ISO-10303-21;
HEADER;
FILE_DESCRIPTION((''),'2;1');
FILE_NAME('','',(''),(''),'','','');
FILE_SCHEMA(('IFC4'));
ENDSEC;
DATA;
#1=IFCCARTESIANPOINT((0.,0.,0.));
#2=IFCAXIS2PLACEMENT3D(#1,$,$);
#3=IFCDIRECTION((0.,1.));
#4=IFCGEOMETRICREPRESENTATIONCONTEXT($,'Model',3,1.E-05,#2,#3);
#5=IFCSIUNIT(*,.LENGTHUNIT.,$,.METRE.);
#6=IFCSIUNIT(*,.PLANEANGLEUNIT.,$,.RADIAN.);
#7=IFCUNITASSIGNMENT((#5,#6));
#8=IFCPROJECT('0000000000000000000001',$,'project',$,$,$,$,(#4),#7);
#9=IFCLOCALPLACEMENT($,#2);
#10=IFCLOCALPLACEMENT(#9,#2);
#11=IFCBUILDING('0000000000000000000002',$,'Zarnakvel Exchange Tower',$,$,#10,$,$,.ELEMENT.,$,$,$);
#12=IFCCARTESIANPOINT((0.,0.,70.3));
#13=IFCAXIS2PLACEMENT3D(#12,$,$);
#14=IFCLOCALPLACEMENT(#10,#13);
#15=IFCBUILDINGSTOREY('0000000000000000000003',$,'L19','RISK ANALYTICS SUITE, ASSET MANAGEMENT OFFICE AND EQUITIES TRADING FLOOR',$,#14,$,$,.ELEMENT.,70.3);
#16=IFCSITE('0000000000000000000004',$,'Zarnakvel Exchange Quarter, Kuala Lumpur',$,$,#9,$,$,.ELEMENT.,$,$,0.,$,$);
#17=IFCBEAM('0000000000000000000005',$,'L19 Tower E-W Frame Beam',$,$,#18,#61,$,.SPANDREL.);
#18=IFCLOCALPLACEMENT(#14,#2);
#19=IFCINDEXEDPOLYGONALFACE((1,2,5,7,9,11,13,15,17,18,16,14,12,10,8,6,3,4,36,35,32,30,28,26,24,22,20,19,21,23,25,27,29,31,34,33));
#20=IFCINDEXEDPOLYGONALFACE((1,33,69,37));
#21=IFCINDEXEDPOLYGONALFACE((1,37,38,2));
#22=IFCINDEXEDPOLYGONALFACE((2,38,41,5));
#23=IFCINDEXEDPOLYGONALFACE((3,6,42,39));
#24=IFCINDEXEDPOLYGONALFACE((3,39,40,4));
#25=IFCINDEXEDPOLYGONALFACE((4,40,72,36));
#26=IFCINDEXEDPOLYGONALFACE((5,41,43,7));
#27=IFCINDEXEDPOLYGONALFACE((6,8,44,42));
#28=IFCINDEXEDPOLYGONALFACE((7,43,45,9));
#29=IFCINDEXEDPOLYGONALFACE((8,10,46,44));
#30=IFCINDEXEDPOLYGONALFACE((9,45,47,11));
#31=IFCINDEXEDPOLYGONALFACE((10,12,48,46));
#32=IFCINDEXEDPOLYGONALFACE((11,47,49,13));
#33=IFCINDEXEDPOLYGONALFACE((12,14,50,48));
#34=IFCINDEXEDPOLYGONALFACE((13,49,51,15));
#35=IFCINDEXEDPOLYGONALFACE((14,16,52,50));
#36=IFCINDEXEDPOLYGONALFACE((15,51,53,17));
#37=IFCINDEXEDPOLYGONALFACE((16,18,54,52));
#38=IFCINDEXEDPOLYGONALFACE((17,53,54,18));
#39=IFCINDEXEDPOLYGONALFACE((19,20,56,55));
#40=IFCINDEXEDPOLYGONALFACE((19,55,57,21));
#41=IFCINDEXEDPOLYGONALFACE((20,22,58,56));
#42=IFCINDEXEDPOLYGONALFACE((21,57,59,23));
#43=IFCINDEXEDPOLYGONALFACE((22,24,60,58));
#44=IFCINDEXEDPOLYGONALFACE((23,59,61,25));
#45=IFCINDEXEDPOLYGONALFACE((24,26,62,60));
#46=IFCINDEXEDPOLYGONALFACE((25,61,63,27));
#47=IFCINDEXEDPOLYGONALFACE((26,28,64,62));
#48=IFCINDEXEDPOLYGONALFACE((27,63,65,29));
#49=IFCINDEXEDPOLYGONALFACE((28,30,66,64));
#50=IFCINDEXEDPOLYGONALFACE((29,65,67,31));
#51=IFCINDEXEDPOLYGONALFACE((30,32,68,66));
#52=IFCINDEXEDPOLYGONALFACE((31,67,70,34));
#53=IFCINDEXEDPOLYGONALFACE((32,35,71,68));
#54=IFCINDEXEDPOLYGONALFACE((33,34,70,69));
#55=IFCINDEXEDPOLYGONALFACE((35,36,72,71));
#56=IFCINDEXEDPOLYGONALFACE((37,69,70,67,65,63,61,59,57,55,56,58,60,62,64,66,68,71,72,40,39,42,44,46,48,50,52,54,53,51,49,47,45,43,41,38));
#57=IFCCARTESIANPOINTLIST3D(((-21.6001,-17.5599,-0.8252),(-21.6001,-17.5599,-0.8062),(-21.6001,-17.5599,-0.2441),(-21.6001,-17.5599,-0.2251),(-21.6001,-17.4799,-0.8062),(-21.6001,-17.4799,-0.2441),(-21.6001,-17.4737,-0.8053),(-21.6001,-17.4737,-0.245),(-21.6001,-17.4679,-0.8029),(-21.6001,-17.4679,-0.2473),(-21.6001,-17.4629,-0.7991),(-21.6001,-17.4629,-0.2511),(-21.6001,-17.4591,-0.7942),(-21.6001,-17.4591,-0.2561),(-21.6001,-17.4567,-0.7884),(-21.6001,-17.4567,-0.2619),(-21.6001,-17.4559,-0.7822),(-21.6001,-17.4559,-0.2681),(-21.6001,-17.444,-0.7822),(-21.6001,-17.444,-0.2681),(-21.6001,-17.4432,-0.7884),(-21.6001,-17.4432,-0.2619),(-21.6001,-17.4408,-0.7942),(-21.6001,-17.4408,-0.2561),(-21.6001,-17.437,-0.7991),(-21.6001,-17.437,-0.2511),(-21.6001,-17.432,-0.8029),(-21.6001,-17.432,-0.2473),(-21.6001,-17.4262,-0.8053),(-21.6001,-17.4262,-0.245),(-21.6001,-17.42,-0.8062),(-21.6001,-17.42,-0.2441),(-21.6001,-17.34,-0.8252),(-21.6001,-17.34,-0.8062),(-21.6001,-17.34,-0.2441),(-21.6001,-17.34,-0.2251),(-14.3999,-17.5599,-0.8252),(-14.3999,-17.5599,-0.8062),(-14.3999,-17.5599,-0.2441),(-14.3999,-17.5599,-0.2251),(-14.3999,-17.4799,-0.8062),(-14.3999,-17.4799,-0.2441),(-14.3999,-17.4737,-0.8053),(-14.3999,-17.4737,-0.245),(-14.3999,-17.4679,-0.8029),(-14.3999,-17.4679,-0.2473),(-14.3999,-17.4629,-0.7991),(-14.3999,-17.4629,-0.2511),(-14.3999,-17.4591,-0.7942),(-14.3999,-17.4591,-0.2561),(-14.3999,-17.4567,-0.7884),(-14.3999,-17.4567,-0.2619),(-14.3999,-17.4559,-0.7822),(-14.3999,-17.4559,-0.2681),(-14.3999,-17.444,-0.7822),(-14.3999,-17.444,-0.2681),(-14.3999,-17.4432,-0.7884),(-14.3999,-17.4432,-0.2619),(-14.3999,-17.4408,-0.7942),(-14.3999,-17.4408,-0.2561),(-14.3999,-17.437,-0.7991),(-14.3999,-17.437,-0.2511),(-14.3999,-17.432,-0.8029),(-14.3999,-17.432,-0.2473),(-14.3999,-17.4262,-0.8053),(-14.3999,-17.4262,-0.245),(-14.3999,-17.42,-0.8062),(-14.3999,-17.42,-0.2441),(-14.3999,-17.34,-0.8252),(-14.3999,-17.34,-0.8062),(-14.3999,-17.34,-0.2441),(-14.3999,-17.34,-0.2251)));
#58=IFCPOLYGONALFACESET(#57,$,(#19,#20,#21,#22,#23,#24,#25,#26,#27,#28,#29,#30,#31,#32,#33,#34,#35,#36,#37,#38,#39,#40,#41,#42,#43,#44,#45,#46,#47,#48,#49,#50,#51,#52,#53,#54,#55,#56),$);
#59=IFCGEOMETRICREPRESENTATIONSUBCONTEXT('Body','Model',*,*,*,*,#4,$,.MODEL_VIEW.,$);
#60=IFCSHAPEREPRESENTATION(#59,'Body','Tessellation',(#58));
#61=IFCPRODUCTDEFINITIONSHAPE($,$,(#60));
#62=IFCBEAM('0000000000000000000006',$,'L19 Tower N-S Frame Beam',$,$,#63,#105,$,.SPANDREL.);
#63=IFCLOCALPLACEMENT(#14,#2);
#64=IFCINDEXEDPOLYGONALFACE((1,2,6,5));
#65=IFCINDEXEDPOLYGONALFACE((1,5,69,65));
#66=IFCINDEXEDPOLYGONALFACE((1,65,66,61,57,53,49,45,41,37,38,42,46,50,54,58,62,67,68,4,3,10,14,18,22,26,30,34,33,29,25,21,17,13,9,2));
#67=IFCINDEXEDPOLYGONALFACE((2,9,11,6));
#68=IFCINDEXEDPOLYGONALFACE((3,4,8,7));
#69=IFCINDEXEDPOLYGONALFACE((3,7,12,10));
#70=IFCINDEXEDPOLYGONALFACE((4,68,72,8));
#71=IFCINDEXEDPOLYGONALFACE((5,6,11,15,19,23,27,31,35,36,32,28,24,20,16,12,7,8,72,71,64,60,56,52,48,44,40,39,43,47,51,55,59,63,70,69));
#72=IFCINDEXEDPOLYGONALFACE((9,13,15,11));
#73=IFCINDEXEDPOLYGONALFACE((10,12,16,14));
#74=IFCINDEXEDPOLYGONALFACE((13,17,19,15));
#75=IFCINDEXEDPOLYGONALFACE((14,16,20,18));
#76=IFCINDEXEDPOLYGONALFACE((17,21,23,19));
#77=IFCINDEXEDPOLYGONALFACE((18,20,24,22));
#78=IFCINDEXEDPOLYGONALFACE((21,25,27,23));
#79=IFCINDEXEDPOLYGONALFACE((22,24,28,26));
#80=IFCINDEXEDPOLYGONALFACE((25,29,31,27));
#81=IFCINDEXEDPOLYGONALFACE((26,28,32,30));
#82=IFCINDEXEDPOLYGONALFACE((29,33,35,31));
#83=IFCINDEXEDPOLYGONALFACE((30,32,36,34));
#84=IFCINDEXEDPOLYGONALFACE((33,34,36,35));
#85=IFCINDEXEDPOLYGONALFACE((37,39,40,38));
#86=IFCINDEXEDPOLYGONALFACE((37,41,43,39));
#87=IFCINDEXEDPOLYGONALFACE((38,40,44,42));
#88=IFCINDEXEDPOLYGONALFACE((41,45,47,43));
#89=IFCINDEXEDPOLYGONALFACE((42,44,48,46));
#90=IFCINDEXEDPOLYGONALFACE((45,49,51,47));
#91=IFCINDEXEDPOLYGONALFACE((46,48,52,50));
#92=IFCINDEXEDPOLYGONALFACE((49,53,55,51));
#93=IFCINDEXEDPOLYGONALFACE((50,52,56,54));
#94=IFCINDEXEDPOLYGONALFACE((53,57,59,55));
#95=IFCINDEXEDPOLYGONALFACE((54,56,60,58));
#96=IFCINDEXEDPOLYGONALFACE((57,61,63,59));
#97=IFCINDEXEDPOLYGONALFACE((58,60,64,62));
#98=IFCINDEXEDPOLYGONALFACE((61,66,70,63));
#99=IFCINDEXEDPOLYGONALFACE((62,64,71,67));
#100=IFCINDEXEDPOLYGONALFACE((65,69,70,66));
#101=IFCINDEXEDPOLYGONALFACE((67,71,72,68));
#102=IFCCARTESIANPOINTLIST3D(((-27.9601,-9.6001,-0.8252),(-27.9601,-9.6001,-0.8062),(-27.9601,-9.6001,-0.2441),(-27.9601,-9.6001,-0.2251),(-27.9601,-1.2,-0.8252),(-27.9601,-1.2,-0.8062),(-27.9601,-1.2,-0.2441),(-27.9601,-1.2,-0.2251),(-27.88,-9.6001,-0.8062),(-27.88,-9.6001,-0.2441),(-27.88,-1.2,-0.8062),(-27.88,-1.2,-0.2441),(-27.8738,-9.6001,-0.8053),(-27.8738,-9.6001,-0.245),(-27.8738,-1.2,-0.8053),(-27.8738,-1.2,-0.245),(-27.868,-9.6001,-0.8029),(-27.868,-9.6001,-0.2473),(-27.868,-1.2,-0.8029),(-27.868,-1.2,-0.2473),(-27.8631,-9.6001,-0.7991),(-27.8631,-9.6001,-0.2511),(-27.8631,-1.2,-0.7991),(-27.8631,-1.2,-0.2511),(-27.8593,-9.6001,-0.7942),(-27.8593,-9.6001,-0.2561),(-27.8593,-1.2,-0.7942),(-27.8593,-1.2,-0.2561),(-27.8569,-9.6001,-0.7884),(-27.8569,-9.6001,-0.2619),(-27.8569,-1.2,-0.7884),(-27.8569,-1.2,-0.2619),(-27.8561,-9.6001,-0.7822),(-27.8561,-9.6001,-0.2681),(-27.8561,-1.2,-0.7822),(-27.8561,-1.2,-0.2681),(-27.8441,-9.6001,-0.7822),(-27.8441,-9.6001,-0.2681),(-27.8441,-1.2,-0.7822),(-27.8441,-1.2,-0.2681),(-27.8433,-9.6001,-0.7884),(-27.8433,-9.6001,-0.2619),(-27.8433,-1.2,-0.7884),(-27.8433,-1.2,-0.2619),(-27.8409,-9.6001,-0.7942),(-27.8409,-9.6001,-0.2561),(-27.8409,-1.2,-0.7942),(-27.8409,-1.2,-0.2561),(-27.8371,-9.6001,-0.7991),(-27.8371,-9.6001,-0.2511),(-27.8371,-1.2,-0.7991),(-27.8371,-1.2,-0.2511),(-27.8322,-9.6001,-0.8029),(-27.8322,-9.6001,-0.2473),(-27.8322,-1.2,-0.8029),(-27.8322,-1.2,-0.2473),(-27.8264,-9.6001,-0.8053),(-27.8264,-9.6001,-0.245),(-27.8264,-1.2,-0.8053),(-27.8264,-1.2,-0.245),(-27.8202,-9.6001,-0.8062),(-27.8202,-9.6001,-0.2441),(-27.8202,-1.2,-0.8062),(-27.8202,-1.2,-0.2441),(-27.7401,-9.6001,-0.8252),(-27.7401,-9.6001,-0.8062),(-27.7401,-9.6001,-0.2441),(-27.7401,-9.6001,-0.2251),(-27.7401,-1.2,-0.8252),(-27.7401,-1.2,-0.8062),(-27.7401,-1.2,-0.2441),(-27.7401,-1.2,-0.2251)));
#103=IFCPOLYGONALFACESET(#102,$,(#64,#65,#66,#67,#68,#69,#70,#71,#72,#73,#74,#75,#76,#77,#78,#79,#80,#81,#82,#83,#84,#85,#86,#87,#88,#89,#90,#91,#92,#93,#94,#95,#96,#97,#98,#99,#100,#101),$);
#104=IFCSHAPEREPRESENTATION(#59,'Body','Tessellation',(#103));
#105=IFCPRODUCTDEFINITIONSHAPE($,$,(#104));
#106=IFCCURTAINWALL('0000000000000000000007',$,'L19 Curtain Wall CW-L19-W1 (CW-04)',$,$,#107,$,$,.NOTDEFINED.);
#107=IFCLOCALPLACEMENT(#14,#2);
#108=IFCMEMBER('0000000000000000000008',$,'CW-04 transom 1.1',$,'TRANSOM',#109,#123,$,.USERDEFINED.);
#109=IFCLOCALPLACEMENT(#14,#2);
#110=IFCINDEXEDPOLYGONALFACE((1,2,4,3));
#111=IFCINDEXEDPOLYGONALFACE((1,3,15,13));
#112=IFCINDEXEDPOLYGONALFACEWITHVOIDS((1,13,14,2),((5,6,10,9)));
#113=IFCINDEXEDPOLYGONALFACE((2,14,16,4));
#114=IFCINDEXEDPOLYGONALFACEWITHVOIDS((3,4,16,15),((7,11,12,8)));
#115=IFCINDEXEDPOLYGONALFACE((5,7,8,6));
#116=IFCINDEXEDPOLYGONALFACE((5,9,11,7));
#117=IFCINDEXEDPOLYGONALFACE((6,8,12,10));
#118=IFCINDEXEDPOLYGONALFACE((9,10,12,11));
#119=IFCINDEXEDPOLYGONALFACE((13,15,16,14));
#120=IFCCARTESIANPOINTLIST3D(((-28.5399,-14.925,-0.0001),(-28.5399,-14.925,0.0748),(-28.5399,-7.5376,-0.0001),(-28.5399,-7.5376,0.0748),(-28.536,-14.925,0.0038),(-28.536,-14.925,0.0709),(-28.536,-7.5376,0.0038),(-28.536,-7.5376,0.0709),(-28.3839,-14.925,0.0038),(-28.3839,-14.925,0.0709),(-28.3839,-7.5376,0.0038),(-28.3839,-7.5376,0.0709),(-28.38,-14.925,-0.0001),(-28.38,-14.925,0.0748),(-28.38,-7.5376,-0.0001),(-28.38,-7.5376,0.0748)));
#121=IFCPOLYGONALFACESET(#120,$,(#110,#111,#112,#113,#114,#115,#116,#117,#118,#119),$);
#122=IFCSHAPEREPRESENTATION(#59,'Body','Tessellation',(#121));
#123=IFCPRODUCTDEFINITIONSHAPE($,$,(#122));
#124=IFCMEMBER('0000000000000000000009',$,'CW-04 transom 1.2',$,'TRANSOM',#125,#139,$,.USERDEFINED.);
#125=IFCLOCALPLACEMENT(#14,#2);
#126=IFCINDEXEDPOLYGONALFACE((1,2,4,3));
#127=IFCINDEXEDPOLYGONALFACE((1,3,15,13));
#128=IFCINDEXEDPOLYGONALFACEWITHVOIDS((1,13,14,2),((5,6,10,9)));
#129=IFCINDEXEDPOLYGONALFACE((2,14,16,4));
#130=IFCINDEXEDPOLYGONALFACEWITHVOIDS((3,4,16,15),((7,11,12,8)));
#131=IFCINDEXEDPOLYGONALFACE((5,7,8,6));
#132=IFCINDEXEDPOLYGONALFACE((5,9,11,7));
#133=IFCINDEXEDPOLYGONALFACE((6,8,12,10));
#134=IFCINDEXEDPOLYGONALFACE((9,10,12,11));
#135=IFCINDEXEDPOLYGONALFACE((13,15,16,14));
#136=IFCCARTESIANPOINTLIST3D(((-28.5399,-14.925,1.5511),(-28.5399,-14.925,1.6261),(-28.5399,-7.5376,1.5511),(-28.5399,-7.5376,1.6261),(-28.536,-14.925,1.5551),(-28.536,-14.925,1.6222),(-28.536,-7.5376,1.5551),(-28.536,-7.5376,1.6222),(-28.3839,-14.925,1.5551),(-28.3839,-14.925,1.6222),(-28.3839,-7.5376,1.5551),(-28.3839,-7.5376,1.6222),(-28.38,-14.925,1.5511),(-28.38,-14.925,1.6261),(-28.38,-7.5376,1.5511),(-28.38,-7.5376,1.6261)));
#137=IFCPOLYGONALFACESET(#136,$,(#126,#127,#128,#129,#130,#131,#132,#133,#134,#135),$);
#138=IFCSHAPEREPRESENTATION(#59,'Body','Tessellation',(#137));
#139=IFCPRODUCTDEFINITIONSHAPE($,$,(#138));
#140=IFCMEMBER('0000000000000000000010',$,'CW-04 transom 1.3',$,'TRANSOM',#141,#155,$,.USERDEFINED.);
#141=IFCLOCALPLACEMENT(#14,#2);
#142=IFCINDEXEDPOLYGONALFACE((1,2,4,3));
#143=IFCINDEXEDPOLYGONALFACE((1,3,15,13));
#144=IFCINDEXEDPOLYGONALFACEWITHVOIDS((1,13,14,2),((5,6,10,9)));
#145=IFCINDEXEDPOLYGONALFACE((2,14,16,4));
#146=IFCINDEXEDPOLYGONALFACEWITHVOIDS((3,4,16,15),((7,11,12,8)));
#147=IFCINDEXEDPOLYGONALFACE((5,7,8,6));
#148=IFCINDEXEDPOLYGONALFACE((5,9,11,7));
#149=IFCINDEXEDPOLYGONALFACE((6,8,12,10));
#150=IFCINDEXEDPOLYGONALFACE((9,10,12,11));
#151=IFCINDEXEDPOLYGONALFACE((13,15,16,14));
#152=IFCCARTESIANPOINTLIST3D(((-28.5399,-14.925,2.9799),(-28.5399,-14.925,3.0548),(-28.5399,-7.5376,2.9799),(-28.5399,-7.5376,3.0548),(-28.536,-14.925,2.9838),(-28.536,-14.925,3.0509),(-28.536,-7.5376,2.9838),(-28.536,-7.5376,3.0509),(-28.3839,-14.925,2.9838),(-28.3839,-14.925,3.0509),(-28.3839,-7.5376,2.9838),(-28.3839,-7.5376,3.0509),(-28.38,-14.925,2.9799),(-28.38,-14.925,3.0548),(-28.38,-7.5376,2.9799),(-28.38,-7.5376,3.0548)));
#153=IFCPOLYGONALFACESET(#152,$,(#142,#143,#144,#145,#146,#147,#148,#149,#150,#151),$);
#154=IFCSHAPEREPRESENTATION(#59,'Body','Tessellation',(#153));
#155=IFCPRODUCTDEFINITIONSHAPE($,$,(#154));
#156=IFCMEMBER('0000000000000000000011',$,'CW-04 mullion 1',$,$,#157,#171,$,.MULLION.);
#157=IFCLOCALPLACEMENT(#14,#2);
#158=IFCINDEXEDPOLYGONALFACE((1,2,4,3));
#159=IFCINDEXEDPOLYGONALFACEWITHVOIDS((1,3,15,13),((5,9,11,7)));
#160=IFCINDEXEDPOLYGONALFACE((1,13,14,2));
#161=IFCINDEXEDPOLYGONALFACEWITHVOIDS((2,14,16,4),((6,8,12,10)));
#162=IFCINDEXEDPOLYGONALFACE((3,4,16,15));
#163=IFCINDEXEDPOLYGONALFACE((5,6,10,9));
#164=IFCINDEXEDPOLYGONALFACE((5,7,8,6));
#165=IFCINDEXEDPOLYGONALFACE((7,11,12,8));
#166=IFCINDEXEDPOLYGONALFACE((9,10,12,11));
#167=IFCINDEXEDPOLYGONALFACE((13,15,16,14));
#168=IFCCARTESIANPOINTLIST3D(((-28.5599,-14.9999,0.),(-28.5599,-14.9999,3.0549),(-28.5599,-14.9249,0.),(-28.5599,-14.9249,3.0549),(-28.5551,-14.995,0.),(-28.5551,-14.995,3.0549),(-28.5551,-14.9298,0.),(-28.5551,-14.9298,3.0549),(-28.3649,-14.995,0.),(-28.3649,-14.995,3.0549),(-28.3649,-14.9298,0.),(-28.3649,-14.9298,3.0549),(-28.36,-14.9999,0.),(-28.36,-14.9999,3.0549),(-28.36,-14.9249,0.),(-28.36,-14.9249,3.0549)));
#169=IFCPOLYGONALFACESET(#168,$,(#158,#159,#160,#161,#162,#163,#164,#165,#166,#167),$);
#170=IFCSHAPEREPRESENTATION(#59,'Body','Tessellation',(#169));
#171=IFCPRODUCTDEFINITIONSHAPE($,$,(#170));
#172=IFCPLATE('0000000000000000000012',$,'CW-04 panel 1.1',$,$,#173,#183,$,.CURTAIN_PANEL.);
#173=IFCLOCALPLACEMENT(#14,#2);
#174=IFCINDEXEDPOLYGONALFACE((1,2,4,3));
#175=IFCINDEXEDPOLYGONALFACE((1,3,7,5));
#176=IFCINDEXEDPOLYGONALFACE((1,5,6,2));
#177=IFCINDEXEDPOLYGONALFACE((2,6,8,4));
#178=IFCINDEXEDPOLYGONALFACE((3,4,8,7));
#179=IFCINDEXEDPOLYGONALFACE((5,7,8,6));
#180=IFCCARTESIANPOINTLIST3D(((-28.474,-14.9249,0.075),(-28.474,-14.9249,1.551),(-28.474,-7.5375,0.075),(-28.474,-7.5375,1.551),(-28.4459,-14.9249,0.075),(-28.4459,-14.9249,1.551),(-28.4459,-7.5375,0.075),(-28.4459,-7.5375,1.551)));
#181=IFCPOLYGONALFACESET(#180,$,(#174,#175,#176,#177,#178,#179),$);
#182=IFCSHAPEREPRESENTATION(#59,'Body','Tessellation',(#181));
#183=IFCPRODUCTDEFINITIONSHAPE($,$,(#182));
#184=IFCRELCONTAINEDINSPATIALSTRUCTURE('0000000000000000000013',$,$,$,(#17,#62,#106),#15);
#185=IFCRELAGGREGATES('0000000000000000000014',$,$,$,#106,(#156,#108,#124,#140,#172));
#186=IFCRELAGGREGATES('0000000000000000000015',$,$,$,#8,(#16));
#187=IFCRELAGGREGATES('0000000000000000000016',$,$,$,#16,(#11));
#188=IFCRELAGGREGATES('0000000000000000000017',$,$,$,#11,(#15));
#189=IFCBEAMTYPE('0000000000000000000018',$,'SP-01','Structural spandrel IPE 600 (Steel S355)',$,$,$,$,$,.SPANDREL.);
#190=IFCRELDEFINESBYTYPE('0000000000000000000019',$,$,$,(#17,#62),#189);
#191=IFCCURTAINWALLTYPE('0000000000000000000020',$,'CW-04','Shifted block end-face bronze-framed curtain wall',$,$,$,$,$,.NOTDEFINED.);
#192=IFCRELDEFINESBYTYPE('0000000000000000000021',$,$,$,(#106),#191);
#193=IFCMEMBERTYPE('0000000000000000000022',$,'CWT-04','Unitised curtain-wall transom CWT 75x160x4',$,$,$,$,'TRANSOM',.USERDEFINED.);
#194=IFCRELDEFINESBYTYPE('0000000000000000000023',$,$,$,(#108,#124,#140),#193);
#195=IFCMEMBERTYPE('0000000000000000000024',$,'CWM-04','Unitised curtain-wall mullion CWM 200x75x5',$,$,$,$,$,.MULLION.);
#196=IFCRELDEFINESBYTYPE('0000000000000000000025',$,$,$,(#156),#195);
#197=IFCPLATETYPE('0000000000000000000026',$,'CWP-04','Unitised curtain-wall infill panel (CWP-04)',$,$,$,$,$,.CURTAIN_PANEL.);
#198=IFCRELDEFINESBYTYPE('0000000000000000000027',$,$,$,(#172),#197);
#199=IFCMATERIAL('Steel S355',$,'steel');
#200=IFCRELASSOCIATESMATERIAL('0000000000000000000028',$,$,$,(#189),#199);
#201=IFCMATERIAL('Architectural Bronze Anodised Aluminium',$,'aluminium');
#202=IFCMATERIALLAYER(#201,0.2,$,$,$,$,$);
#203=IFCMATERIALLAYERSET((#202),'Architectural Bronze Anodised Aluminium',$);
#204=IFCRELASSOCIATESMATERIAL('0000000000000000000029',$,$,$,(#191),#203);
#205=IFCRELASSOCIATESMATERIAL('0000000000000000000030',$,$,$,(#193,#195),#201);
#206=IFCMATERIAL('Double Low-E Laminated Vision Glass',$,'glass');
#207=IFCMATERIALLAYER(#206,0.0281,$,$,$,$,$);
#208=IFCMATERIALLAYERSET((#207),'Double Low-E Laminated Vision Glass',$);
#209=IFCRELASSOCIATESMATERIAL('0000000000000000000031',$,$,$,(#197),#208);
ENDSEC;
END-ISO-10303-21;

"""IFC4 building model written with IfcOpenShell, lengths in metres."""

from ifc_helpers import new_model, si_unit, direction, frame, origin, origin_2d, place, context, subcontext, project, spatial, rectangle, hollow_rectangle, i_section, extrude, source, transform, mapped, material, layer, layer_set, material_profile, profile_set, type_object, element, aggregate, save


model = new_model("IFC4")

# Units and contexts
model_context = context("Model", 3, precision=1e-05, world=origin(), true_north=direction((0.0, 1.0)))
body_context = subcontext(model_context, "Body", "Model", "MODEL_VIEW")
ifc_project = project(units=[si_unit("LENGTHUNIT", "METRE"), si_unit("PLANEANGLEUNIT", "RADIAN")], contexts=[model_context])

# Site, building, storey
site_placement = place(None, origin())
site = spatial("IfcSite", under=ifc_project, at=site_placement, Name="Zarnakvel Exchange Quarter, Kuala Lumpur", CompositionType="ELEMENT", RefElevation=0.0)
building_placement = place(site_placement, origin())
building = spatial("IfcBuilding", under=site, at=building_placement, Name="Zarnakvel Exchange Tower", CompositionType="ELEMENT")
storey_placement = place(building_placement, frame((0.0, 0.0, 70.3)))
storey = spatial("IfcBuildingStorey", under=building, at=storey_placement, Name="L19", Description="RISK ANALYTICS SUITE, ASSET MANAGEMENT OFFICE AND EQUITIES TRADING FLOOR", CompositionType="ELEMENT", Elevation=70.3)

# Shared definitions
ifc_material_1 = material(Name="Steel S355", Category="steel")

# Beams
ifc_material_profile_1 = material_profile(ifc_material_1, i_section(OverallWidth=0.22, OverallDepth=0.6001, WebThickness=0.012, FlangeThickness=0.019, FilletRadius=0.0239, at=origin_2d()))
ifc_profile_set_1 = profile_set([ifc_material_profile_1], Name="Steel S355")
beam_type_1 = type_object("IfcBeamType", Name="SP-01", Description="Structural spandrel IPE 600 (Steel S355)", PredefinedType="SPANDREL", material=ifc_profile_set_1)
beam_1_placement = place(storey_placement, frame((-21.6001, -17.45, -0.5251), z_axis=(1.0, 0.0, 0.0), x_axis=(0.0, 1.0, 0.0)))
element("IfcBeam", 1, at=beam_1_placement, inside=storey, type_object=beam_type_1, Name="L19 Tower E-W Frame Beam", PredefinedType="SPANDREL", context=body_context, shape_type="SweptSolid", body=[
    extrude(i_section(OverallWidth=0.22, OverallDepth=0.6001, WebThickness=0.012, FlangeThickness=0.019, FilletRadius=0.0239, at=origin_2d()), origin(), (0.0, 0.0, 1.0), 7.2002),
])
beam_2_placement = place(storey_placement, frame((-27.8501, -9.6001, -0.5251), z_axis=(0.0, 1.0, 0.0), x_axis=(-1.0, 0.0, 0.0)))
element("IfcBeam", 2, at=beam_2_placement, inside=storey, type_object=beam_type_1, Name="L19 Tower N-S Frame Beam", PredefinedType="SPANDREL", context=body_context, shape_type="SweptSolid", body=[
    extrude(i_section(OverallWidth=0.22, OverallDepth=0.6001, WebThickness=0.012, FlangeThickness=0.019, FilletRadius=0.0239, at=origin_2d()), origin(), (0.0, 0.0, 1.0), 8.4001),
])

# Curtain wall, members, plate
ifc_material_2 = material(Name="Architectural Bronze Anodised Aluminium", Category="aluminium")
ifc_layer_1 = layer(ifc_material_2, 0.2)
ifc_layer_set_1 = layer_set([ifc_layer_1], Name="Architectural Bronze Anodised Aluminium")
curtain_wall_type = type_object("IfcCurtainWallType", Name="CW-04", Description="Shifted block end-face bronze-framed curtain wall", PredefinedType="NOTDEFINED", material=ifc_layer_set_1)
curtain_wall_placement = place(storey_placement, origin())
curtain_wall = element("IfcCurtainWall", 3, at=curtain_wall_placement, inside=storey, type_object=curtain_wall_type, Name="L19 Curtain Wall CW-L19-W1 (CW-04)", PredefinedType="NOTDEFINED")
ifc_material_profile_2 = material_profile(ifc_material_2, hollow_rectangle(XDim=0.1599, YDim=0.075, WallThickness=0.0039, at=origin_2d()))
ifc_profile_set_2 = profile_set([ifc_material_profile_2], Name="Architectural Bronze Anodised Aluminium")
member_type_1 = type_object("IfcMemberType", Name="CWT-04", Description="Unitised curtain-wall transom CWT 75x160x4", ElementType="TRANSOM", PredefinedType="USERDEFINED", material=ifc_profile_set_2)
shared_shape_1 = source(origin(), body_context, "Body", "SweptSolid", [
    extrude(hollow_rectangle(XDim=0.1599, YDim=0.075, WallThickness=0.0039, at=origin_2d()), origin(), (0.0, 0.0, 1.0), 7.3875),
])
member_1_placement = place(storey_placement, frame((-28.46, -14.925, 0.0374), z_axis=(0.0, 1.0, 0.0), x_axis=(-1.0, 0.0, 0.0)))
member_1 = element("IfcMember", 4, at=member_1_placement, type_object=member_type_1, Name="CW-04 transom 1.1", ObjectType="TRANSOM", PredefinedType="USERDEFINED", context=body_context, shape_type="MappedRepresentation", body=[
    mapped(shared_shape_1, transform((0.0, 0.0, 0.0), x_axis=(1.0, 0.0, 0.0), y_axis=(0.0, 1.0, 0.0), z_axis=(0.0, 0.0, 1.0), scale=1.0)),
])
member_2_placement = place(storey_placement, frame((-28.46, -14.925, 1.5886), z_axis=(0.0, 1.0, 0.0), x_axis=(-1.0, 0.0, 0.0)))
member_2 = element("IfcMember", 5, at=member_2_placement, type_object=member_type_1, Name="CW-04 transom 1.2", ObjectType="TRANSOM", PredefinedType="USERDEFINED", context=body_context, shape_type="MappedRepresentation", body=[
    mapped(shared_shape_1, transform((0.0, 0.0, 0.0), x_axis=(1.0, 0.0, 0.0), y_axis=(0.0, 1.0, 0.0), z_axis=(0.0, 0.0, 1.0), scale=1.0)),
])
member_3_placement = place(storey_placement, frame((-28.46, -14.925, 3.0173), z_axis=(0.0, 1.0, 0.0), x_axis=(-1.0, 0.0, 0.0)))
member_3 = element("IfcMember", 6, at=member_3_placement, type_object=member_type_1, Name="CW-04 transom 1.3", ObjectType="TRANSOM", PredefinedType="USERDEFINED", context=body_context, shape_type="MappedRepresentation", body=[
    mapped(shared_shape_1, transform((0.0, 0.0, 0.0), x_axis=(1.0, 0.0, 0.0), y_axis=(0.0, 1.0, 0.0), z_axis=(0.0, 0.0, 1.0), scale=1.0)),
])
ifc_material_profile_3 = material_profile(ifc_material_2, hollow_rectangle(XDim=0.2, YDim=0.075, WallThickness=0.0049, at=origin_2d()))
ifc_profile_set_3 = profile_set([ifc_material_profile_3], Name="Architectural Bronze Anodised Aluminium")
member_type_2 = type_object("IfcMemberType", Name="CWM-04", Description="Unitised curtain-wall mullion CWM 200x75x5", PredefinedType="MULLION", material=ifc_profile_set_3)
shared_shape_2 = source(origin(), body_context, "Body", "SweptSolid", [
    extrude(hollow_rectangle(XDim=0.2, YDim=0.075, WallThickness=0.0049, at=origin_2d()), origin(), (0.0, 0.0, 1.0), 3.0549),
])
member_4_placement = place(storey_placement, frame((-28.46, -14.9624, 0.0), z_axis=(0.0, 0.0, 1.0), x_axis=(-1.0, 0.0, 0.0)))
member_4 = element("IfcMember", 7, at=member_4_placement, type_object=member_type_2, Name="CW-04 mullion 1", PredefinedType="MULLION", context=body_context, shape_type="MappedRepresentation", body=[
    mapped(shared_shape_2, transform((0.0, 0.0, 0.0), x_axis=(1.0, 0.0, 0.0), y_axis=(0.0, 1.0, 0.0), z_axis=(0.0, 0.0, 1.0), scale=1.0)),
])
ifc_material_3 = material(Name="Double Low-E Laminated Vision Glass", Category="glass")
ifc_layer_2 = layer(ifc_material_3, 0.0281)
ifc_layer_set_2 = layer_set([ifc_layer_2], Name="Double Low-E Laminated Vision Glass")
plate_type = type_object("IfcPlateType", Name="CWP-04", Description="Unitised curtain-wall infill panel (CWP-04)", PredefinedType="CURTAIN_PANEL", material=ifc_layer_set_2)
shared_shape_3 = source(origin(), body_context, "Body", "SweptSolid", [
    extrude(rectangle(XDim=7.3875, YDim=0.0281, at=origin_2d()), origin(), (0.0, 0.0, 1.0), 1.4761),
])
plate_1_placement = place(storey_placement, frame((-28.46, -11.2312, 0.075), z_axis=(0.0, 0.0, 1.0), x_axis=(0.0, 1.0, 0.0)))
plate_1 = element("IfcPlate", 8, at=plate_1_placement, type_object=plate_type, Name="CW-04 panel 1.1", PredefinedType="CURTAIN_PANEL", context=body_context, shape_type="MappedRepresentation", body=[
    mapped(shared_shape_3, transform((0.0, 0.0, 0.0), x_axis=(1.0, 0.0, 0.0), y_axis=(0.0, 1.0, 0.0), z_axis=(0.0, 0.0, 1.0), scale=1.0)),
])
aggregate(curtain_wall, [member_4, member_1, member_2, member_3, plate_1])

save(model, "model.ifc")
